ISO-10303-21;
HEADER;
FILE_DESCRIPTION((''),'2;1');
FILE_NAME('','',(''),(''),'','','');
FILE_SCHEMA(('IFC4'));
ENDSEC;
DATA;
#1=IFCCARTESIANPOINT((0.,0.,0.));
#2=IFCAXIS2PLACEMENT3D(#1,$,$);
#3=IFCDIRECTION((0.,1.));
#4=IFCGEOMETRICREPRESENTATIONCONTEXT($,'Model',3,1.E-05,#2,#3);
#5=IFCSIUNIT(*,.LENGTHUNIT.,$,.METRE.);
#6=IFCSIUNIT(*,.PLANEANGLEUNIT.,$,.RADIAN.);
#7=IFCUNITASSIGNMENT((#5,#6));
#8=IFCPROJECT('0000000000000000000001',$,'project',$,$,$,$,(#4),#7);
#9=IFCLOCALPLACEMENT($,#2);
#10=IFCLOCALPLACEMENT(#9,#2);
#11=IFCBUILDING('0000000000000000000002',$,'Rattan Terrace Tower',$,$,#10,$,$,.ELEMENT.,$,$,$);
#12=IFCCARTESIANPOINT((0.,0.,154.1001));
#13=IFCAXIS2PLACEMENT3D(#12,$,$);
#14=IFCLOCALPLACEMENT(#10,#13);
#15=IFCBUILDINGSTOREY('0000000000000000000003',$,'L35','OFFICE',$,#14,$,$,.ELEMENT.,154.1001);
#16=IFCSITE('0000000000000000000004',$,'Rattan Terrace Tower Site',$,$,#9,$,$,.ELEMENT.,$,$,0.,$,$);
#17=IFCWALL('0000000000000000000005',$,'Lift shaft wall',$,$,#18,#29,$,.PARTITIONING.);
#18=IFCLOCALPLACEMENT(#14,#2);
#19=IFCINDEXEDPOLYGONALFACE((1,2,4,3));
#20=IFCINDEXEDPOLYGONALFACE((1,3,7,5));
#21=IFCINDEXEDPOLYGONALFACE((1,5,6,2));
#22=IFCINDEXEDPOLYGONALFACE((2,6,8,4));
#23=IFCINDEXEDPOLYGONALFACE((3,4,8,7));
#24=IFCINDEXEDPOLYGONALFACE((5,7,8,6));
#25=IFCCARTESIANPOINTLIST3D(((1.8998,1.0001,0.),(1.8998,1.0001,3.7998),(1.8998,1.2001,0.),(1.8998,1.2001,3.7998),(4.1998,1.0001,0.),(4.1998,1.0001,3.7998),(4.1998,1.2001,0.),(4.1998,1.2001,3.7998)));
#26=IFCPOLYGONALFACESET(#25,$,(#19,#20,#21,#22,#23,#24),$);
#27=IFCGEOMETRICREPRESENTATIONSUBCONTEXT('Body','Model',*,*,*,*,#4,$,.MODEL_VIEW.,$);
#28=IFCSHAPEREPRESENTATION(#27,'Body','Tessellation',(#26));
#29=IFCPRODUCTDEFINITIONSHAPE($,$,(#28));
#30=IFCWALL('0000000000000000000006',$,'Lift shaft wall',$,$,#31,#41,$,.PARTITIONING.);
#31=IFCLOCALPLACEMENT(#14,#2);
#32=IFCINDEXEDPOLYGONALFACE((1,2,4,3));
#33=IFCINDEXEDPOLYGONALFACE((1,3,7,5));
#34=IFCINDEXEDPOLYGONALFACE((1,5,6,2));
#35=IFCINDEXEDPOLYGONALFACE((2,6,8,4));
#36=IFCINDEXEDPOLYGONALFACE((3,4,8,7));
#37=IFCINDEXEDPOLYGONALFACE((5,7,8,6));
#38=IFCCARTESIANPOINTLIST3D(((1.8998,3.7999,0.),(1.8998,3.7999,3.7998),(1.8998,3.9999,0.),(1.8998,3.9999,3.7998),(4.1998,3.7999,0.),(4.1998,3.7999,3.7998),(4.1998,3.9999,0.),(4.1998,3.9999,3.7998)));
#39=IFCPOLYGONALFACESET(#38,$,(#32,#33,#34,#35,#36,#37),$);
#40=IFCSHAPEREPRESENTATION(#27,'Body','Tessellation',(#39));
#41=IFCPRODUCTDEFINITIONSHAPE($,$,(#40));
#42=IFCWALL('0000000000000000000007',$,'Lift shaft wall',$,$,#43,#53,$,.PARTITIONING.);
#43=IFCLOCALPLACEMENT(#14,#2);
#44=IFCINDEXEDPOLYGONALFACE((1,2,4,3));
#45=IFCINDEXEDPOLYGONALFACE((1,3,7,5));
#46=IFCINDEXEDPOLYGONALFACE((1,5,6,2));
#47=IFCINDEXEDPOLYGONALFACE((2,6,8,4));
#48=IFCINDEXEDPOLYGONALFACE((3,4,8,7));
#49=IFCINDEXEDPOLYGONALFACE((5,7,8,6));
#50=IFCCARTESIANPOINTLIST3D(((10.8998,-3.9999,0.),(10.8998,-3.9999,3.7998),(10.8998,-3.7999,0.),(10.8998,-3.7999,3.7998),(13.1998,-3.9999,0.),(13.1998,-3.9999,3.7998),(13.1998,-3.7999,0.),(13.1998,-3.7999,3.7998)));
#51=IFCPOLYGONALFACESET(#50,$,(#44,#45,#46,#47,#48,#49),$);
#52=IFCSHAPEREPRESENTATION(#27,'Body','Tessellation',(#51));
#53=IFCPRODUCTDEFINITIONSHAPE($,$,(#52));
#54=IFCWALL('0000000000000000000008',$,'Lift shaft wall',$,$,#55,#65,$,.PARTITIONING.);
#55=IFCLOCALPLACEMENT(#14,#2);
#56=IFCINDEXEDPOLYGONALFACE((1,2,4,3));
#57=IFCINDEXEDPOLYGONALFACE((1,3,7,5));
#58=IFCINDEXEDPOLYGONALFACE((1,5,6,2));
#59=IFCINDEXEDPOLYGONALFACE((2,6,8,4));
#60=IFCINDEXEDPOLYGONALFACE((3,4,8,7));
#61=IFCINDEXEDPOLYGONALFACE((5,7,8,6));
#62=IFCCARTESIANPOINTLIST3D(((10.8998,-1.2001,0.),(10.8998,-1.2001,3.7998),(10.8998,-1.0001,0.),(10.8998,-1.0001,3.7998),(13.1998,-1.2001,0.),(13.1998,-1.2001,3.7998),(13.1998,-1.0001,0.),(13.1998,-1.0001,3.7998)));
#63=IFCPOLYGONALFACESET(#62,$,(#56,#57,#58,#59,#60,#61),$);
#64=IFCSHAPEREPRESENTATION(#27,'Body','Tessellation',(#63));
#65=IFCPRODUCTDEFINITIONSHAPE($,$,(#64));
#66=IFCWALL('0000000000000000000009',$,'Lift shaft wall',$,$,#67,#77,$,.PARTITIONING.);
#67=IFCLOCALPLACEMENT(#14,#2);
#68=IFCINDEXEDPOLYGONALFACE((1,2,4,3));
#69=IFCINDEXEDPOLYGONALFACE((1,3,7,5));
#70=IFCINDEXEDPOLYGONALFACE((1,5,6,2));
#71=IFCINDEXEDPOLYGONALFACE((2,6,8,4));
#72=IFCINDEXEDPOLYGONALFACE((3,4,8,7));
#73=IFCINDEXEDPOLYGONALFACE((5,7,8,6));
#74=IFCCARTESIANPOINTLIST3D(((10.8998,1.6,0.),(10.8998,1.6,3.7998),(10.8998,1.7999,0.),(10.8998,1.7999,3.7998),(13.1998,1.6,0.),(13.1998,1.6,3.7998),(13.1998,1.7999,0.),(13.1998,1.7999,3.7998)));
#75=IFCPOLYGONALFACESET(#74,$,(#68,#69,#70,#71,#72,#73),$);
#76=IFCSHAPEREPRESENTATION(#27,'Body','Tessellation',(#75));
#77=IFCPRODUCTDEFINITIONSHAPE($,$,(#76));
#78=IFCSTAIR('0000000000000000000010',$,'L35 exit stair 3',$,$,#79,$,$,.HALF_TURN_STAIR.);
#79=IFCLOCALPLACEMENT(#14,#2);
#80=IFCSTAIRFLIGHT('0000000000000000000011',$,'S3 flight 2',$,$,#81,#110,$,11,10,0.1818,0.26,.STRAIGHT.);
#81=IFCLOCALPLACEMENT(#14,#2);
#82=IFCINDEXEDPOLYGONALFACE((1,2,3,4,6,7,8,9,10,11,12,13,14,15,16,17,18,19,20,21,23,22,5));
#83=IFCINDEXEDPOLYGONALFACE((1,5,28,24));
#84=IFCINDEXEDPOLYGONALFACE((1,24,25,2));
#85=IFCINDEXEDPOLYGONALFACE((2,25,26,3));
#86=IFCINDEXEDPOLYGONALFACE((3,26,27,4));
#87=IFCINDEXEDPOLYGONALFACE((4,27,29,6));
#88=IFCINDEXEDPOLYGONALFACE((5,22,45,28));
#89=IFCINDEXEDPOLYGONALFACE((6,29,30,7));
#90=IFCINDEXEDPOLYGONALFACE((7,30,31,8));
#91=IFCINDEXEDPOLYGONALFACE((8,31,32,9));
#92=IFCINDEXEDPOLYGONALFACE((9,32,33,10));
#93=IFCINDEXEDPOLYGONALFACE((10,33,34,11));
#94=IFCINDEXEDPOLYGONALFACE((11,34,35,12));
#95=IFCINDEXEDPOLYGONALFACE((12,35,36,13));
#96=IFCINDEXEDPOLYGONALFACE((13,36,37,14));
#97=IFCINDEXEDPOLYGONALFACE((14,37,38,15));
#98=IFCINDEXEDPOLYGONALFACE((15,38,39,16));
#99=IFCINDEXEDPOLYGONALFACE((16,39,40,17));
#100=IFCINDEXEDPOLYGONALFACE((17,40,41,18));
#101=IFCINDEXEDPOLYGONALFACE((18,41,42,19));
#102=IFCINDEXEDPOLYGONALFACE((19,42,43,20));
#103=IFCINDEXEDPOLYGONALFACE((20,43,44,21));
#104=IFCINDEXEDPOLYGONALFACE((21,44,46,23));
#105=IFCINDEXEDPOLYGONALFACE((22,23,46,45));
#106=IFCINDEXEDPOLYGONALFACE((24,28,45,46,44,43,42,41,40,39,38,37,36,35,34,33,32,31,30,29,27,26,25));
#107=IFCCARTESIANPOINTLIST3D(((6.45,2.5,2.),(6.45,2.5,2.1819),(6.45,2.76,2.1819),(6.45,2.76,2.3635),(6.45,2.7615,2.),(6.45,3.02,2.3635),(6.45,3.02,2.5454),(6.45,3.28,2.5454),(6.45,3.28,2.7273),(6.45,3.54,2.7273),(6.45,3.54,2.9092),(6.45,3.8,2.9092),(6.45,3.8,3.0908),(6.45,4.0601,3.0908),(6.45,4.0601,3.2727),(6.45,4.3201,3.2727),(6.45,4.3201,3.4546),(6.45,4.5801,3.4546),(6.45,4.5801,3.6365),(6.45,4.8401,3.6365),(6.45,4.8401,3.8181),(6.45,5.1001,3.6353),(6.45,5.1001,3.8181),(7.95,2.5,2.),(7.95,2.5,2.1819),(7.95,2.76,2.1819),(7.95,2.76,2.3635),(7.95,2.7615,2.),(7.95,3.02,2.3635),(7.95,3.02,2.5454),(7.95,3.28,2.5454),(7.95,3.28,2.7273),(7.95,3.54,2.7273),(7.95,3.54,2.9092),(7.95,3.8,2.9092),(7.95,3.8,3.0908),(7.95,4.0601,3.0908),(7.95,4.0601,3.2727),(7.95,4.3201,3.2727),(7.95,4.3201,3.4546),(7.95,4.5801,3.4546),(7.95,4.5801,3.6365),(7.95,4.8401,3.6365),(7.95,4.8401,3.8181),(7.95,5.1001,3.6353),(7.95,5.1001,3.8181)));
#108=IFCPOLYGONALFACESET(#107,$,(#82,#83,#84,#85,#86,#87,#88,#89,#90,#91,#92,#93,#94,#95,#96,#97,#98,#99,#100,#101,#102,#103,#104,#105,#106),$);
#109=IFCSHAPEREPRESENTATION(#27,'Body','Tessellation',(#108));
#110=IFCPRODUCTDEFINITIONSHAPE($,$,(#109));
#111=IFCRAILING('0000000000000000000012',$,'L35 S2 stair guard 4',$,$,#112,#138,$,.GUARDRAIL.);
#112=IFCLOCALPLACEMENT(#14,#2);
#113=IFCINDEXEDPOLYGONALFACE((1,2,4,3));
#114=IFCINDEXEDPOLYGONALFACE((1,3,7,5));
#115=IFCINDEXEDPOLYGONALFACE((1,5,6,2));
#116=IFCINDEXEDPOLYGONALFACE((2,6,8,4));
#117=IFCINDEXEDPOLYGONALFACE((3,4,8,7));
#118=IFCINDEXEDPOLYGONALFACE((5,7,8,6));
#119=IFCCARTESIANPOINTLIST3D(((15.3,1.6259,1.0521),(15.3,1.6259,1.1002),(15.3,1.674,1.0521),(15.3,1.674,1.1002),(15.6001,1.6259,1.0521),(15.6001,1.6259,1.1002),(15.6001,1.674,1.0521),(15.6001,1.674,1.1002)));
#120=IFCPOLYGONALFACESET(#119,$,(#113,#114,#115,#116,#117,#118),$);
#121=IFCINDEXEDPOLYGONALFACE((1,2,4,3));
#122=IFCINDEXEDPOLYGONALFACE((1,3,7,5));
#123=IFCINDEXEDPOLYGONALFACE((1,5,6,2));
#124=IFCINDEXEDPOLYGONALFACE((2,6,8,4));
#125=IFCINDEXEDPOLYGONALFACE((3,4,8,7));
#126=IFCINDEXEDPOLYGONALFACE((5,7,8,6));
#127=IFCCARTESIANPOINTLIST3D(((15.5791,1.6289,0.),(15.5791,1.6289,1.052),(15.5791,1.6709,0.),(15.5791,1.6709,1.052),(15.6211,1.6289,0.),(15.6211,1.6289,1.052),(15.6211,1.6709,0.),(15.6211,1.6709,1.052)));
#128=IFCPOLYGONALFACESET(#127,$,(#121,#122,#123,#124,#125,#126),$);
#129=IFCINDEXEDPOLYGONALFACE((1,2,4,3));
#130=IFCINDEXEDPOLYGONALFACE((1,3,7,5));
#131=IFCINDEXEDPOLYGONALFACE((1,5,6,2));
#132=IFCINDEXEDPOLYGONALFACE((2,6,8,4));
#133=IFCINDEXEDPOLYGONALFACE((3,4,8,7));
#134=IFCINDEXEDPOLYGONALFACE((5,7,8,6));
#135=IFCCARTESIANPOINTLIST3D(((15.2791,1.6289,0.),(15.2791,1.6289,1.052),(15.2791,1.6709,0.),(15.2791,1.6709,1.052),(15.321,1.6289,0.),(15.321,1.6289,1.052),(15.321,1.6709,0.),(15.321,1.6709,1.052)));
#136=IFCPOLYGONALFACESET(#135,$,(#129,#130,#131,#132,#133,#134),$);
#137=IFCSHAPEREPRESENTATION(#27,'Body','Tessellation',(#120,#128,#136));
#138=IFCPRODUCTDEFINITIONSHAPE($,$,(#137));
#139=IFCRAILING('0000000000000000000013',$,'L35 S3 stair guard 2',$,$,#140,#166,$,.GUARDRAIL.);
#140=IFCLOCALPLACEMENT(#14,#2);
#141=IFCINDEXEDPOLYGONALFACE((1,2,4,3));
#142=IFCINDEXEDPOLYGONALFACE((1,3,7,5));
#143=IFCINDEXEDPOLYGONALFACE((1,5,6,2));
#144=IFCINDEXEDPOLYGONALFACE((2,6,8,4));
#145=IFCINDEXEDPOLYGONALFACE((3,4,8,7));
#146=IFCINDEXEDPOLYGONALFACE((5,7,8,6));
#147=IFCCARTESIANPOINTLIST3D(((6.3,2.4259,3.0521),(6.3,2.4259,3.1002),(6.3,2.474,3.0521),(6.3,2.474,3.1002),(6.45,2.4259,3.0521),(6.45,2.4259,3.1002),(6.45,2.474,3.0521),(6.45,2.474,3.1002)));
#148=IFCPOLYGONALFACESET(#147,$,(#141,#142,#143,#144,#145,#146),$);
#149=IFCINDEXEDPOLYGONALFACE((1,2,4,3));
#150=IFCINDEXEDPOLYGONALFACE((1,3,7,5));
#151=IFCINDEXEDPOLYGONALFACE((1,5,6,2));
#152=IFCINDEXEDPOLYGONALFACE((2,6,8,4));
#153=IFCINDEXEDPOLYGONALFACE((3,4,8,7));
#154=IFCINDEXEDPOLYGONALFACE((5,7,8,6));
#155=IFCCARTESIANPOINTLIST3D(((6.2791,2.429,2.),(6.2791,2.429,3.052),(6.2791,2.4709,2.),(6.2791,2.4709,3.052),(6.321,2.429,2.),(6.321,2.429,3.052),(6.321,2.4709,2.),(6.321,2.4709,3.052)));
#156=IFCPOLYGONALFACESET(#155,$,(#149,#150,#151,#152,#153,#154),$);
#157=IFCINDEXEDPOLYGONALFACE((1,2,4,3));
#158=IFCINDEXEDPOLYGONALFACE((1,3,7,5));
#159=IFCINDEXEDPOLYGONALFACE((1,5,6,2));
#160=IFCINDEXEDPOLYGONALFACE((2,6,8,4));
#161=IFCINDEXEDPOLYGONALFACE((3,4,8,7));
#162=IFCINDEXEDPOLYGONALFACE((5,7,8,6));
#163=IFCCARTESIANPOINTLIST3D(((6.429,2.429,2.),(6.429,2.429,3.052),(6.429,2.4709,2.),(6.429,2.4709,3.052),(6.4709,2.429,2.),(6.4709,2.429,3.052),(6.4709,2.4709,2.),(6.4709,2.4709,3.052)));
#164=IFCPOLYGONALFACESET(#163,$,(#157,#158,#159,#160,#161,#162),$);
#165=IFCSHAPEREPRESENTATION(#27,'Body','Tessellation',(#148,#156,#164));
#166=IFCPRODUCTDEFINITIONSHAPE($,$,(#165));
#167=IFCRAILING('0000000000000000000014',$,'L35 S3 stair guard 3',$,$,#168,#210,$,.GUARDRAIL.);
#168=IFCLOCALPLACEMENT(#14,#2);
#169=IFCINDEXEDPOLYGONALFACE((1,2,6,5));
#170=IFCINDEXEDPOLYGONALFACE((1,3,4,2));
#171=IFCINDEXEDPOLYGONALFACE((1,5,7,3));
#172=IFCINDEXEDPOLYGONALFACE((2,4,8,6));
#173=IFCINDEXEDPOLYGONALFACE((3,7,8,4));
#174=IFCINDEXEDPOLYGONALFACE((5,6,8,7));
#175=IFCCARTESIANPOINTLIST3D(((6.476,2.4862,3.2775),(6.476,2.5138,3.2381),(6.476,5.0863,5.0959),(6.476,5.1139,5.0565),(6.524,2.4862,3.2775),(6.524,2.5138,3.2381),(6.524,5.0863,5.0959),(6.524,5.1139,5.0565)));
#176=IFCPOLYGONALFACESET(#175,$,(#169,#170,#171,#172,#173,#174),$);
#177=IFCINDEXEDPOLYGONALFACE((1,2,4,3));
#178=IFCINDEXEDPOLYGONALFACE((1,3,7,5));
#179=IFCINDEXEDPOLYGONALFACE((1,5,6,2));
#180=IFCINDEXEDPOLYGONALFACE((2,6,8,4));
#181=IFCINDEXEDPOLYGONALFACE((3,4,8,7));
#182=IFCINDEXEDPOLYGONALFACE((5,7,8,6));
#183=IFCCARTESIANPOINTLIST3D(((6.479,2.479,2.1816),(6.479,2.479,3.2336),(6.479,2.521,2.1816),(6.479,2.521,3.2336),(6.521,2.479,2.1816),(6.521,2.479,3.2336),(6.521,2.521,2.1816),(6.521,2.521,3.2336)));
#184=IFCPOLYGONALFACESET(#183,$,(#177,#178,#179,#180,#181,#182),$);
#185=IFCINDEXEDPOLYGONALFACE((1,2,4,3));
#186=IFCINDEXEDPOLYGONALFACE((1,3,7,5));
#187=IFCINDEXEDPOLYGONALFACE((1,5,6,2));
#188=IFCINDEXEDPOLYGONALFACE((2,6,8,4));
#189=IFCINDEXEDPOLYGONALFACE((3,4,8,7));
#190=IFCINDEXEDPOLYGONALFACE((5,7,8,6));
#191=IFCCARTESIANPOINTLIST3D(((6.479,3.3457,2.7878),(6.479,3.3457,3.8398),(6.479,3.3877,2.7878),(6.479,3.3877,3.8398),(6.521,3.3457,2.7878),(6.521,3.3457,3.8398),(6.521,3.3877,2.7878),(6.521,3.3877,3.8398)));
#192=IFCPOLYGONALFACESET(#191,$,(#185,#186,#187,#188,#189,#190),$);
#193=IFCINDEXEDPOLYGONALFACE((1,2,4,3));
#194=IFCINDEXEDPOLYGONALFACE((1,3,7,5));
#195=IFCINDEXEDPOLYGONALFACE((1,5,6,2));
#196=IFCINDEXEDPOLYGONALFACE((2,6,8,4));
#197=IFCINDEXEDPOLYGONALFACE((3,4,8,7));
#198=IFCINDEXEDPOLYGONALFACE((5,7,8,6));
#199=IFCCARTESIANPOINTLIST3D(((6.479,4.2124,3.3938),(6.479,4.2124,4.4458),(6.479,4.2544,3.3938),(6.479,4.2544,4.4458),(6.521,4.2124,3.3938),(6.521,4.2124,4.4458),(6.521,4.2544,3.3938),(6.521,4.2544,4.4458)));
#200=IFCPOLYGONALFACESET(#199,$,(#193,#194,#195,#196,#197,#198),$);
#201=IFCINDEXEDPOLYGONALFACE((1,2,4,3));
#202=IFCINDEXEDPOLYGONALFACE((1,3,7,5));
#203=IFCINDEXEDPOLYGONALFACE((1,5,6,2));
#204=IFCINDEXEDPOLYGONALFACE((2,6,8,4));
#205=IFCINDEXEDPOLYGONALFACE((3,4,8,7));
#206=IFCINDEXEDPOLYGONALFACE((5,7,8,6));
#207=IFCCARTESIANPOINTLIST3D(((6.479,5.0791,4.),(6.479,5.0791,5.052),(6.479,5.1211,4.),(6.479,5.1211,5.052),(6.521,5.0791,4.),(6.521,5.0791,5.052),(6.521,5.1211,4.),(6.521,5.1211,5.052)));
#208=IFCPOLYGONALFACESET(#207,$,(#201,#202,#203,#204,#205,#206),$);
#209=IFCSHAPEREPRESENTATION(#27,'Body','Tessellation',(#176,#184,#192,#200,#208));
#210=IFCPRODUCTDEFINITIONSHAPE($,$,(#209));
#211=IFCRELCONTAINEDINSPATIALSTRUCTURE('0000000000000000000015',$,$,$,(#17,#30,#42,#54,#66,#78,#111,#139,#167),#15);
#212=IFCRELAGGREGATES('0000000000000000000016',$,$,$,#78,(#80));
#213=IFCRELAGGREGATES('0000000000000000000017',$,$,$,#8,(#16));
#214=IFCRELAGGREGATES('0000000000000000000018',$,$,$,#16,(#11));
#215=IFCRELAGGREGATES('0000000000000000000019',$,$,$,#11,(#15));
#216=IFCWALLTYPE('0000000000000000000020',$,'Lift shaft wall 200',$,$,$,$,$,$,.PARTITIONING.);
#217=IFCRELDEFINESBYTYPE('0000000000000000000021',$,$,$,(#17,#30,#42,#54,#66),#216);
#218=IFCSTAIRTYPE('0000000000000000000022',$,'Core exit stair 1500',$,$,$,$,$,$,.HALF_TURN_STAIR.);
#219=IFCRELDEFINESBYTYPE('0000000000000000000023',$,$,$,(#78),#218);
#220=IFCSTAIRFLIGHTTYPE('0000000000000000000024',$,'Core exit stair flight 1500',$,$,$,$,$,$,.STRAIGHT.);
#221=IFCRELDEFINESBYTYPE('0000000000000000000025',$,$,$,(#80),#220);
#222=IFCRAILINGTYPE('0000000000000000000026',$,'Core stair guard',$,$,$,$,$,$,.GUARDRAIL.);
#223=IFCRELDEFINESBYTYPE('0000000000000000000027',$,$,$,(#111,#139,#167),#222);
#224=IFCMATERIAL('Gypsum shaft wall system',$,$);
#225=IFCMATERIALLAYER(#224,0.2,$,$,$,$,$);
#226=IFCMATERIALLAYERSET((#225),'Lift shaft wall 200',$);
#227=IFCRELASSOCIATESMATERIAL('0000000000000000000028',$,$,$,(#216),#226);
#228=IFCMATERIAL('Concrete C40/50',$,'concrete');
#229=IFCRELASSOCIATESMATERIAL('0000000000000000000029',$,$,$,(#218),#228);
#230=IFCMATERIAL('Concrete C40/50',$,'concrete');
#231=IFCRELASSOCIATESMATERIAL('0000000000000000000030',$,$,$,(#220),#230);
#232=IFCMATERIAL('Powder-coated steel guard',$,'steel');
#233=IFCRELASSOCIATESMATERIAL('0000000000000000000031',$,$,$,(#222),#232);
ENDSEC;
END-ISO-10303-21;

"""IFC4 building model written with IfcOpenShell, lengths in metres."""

from ifc_helpers import new_model, si_unit, direction, frame, frame_2d, origin, origin_2d, place, context, subcontext, project, spatial, polyline, rectangle, outline, extrude, material, layer, layer_set, type_object, element, aggregate, save


model = new_model("IFC4")

# Units and contexts
model_context = context("Model", 3, precision=1e-05, world=origin(), true_north=direction((0.0, 1.0)))
body_context = subcontext(model_context, "Body", "Model", "MODEL_VIEW")
ifc_project = project(units=[si_unit("LENGTHUNIT", "METRE"), si_unit("PLANEANGLEUNIT", "RADIAN")], contexts=[model_context])

# Site, building, storey
site_placement = place(None, origin())
site = spatial("IfcSite", under=ifc_project, at=site_placement, Name="Rattan Terrace Tower Site", CompositionType="ELEMENT", RefElevation=0.0)
building_placement = place(site_placement, origin())
building = spatial("IfcBuilding", under=site, at=building_placement, Name="Rattan Terrace Tower", CompositionType="ELEMENT")
storey_placement = place(building_placement, frame((0.0, 0.0, 154.1001)))
storey = spatial("IfcBuildingStorey", under=building, at=storey_placement, Name="L35", Description="OFFICE", CompositionType="ELEMENT", Elevation=154.1001)

# Walls
ifc_material_1 = material(Name="Gypsum shaft wall system")
ifc_layer_1 = layer(ifc_material_1, 0.2)
ifc_layer_set_1 = layer_set([ifc_layer_1], Name="Lift shaft wall 200")
wall_type_1 = type_object("IfcWallType", Name="Lift shaft wall 200", PredefinedType="PARTITIONING", material=ifc_layer_set_1)
for number, where, z_axis, x_axis, name in (
    (1, (1.8999, 1.1001, 0.0), (0.0, 0.0, 1.0), (1.0, 0.0, 0.0), "Lift shaft wall"),
    (2, (1.8999, 3.8999, 0.0), (0.0, 0.0, 1.0), (1.0, 0.0, 0.0), "Lift shaft wall"),
    (3, (10.8999, -3.8999, 0.0), (0.0, 0.0, 1.0), (1.0, 0.0, 0.0), "Lift shaft wall"),
    (4, (10.8999, -1.1001, 0.0), (0.0, 0.0, 1.0), (1.0, 0.0, 0.0), "Lift shaft wall"),
    (5, (10.8999, 1.7, 0.0), (0.0, 0.0, 1.0), (1.0, 0.0, 0.0), "Lift shaft wall"),
):
    element("IfcWall", number, at=place(storey_placement, frame(where, z_axis=z_axis, x_axis=x_axis)), inside=storey, type_object=wall_type_1, Name=name, PredefinedType="PARTITIONING", context=body_context, shape_type="SweptSolid", body=[
        extrude(rectangle(XDim=2.3, YDim=0.2, at=frame_2d((1.1499, 0.0))), origin(), (0.0, 0.0, 1.0), 3.7998),
    ])

# Stair, stair flight
ifc_material_2 = material(Name="Concrete C40/50", Category="concrete")
stair_type = type_object("IfcStairType", Name="Core exit stair 1500", PredefinedType="HALF_TURN_STAIR", material=ifc_material_2)
stair_placement = place(storey_placement, origin())
stair = element("IfcStair", 6, at=stair_placement, inside=storey, type_object=stair_type, Name="L35 exit stair 3", PredefinedType="HALF_TURN_STAIR")
ifc_material_3 = material(Name="Concrete C40/50", Category="concrete")
stair_flight_type = type_object("IfcStairFlightType", Name="Core exit stair flight 1500", PredefinedType="STRAIGHT", material=ifc_material_3)
stair_flight_placement = place(storey_placement, frame((7.2, 2.5, 2.0), z_axis=(0.0, 0.0, 1.0), x_axis=(0.0, 1.0, 0.0)))
stair_flight = element("IfcStairFlight", 7, at=stair_flight_placement, type_object=stair_flight_type, Name="S3 flight 2", NumberOfRisers=11, NumberOfTreads=10, PredefinedType="STRAIGHT", RiserHeight=0.1818, TreadLength=0.26, context=body_context, shape_type="SweptSolid", body=[
    extrude(outline(polyline([(0.0, 0.0), (0.0, 0.1819), (0.26, 0.1819), (0.26, 0.3635), (0.52, 0.3635), (0.52, 0.5454), (0.78, 0.5454), (0.78, 0.7273), (1.04, 0.7273), (1.04, 0.9092), (1.3, 0.9092), (1.3, 1.0908), (1.5601, 1.0908), (1.5601, 1.2727), (1.8201, 1.2727), (1.8201, 1.4546), (2.0801, 1.4546), (2.0801, 1.6365), (2.3401, 1.6365), (2.3401, 1.8181), (2.6001, 1.8181), (2.6001, 2.0), (2.6001, 1.6353), (0.2615, 0.0), (0.0, 0.0)])), frame((0.0, 0.75, 0.0), z_axis=(0.0, -1.0, 0.0), x_axis=(1.0, 0.0, 0.0)), (0.0, 0.0, 1.0), 1.5),
])
aggregate(stair, [stair_flight])

# Railings
ifc_material_4 = material(Name="Powder-coated steel guard", Category="steel")
railing_type_1 = type_object("IfcRailingType", Name="Core stair guard", PredefinedType="GUARDRAIL", material=ifc_material_4)
railing_1_placement = place(storey_placement, frame((15.6001, 1.6499, 0.0)))
element("IfcRailing", 8, at=railing_1_placement, inside=storey, type_object=railing_type_1, Name="L35 S2 stair guard 4", PredefinedType="GUARDRAIL", context=body_context, shape_type="SweptSolid", body=[
    extrude(rectangle(XDim=0.0481, YDim=0.0481, at=origin_2d()), frame((0.0, 0.0, 1.0762), z_axis=(-1.0, 0.0, 0.0), x_axis=(0.0, -1.0, 0.0)), (0.0, 0.0, 1.0), 0.3),
    extrude(rectangle(XDim=0.042, YDim=0.042, at=origin_2d()), origin(), (0.0, 0.0, 1.0), 1.052),
    extrude(rectangle(XDim=0.042, YDim=0.042, at=origin_2d()), frame((-0.3, 0.0, 0.0)), (0.0, 0.0, 1.0), 1.052),
])
railing_2_placement = place(storey_placement, frame((6.3, 2.45, 2.0)))
element("IfcRailing", 9, at=railing_2_placement, inside=storey, type_object=railing_type_1, Name="L35 S3 stair guard 2", PredefinedType="GUARDRAIL", context=body_context, shape_type="SweptSolid", body=[
    extrude(rectangle(XDim=0.0481, YDim=0.0481, at=origin_2d()), frame((0.0, 0.0, 1.0762), z_axis=(1.0, 0.0, 0.0), x_axis=(0.0, 1.0, 0.0)), (0.0, 0.0, 1.0), 0.1499),
    extrude(rectangle(XDim=0.042, YDim=0.042, at=origin_2d()), origin(), (0.0, 0.0, 1.0), 1.052),
    extrude(rectangle(XDim=0.042, YDim=0.042, at=origin_2d()), frame((0.1499, 0.0, 0.0)), (0.0, 0.0, 1.0), 1.052),
])
railing_3_placement = place(storey_placement, frame((6.5, 2.5, 2.1816)))
element("IfcRailing", 10, at=railing_3_placement, inside=storey, type_object=railing_type_1, Name="L35 S3 stair guard 3", PredefinedType="GUARDRAIL", context=body_context, shape_type="SweptSolid", body=[
    extrude(rectangle(XDim=0.0481, YDim=0.0481, at=origin_2d()), frame((0.0, 0.0, 1.0762), z_axis=(0.0, 0.819485, 0.573101), x_axis=(-1.0, 0.0, 0.0)), (0.0, 0.0, 1.0), 3.1729),
    extrude(rectangle(XDim=0.042, YDim=0.042, at=origin_2d()), origin(), (0.0, 0.0, 1.0), 1.052),
    extrude(rectangle(XDim=0.042, YDim=0.042, at=origin_2d()), frame((0.0, 0.8667, 0.6062)), (0.0, 0.0, 1.0), 1.052),
    extrude(rectangle(XDim=0.042, YDim=0.042, at=origin_2d()), frame((0.0, 1.7334, 1.2122)), (0.0, 0.0, 1.0), 1.052),
    extrude(rectangle(XDim=0.042, YDim=0.042, at=origin_2d()), frame((0.0, 2.6001, 1.8184)), (0.0, 0.0, 1.0), 1.052),
])

save(model, "model.ifc")
